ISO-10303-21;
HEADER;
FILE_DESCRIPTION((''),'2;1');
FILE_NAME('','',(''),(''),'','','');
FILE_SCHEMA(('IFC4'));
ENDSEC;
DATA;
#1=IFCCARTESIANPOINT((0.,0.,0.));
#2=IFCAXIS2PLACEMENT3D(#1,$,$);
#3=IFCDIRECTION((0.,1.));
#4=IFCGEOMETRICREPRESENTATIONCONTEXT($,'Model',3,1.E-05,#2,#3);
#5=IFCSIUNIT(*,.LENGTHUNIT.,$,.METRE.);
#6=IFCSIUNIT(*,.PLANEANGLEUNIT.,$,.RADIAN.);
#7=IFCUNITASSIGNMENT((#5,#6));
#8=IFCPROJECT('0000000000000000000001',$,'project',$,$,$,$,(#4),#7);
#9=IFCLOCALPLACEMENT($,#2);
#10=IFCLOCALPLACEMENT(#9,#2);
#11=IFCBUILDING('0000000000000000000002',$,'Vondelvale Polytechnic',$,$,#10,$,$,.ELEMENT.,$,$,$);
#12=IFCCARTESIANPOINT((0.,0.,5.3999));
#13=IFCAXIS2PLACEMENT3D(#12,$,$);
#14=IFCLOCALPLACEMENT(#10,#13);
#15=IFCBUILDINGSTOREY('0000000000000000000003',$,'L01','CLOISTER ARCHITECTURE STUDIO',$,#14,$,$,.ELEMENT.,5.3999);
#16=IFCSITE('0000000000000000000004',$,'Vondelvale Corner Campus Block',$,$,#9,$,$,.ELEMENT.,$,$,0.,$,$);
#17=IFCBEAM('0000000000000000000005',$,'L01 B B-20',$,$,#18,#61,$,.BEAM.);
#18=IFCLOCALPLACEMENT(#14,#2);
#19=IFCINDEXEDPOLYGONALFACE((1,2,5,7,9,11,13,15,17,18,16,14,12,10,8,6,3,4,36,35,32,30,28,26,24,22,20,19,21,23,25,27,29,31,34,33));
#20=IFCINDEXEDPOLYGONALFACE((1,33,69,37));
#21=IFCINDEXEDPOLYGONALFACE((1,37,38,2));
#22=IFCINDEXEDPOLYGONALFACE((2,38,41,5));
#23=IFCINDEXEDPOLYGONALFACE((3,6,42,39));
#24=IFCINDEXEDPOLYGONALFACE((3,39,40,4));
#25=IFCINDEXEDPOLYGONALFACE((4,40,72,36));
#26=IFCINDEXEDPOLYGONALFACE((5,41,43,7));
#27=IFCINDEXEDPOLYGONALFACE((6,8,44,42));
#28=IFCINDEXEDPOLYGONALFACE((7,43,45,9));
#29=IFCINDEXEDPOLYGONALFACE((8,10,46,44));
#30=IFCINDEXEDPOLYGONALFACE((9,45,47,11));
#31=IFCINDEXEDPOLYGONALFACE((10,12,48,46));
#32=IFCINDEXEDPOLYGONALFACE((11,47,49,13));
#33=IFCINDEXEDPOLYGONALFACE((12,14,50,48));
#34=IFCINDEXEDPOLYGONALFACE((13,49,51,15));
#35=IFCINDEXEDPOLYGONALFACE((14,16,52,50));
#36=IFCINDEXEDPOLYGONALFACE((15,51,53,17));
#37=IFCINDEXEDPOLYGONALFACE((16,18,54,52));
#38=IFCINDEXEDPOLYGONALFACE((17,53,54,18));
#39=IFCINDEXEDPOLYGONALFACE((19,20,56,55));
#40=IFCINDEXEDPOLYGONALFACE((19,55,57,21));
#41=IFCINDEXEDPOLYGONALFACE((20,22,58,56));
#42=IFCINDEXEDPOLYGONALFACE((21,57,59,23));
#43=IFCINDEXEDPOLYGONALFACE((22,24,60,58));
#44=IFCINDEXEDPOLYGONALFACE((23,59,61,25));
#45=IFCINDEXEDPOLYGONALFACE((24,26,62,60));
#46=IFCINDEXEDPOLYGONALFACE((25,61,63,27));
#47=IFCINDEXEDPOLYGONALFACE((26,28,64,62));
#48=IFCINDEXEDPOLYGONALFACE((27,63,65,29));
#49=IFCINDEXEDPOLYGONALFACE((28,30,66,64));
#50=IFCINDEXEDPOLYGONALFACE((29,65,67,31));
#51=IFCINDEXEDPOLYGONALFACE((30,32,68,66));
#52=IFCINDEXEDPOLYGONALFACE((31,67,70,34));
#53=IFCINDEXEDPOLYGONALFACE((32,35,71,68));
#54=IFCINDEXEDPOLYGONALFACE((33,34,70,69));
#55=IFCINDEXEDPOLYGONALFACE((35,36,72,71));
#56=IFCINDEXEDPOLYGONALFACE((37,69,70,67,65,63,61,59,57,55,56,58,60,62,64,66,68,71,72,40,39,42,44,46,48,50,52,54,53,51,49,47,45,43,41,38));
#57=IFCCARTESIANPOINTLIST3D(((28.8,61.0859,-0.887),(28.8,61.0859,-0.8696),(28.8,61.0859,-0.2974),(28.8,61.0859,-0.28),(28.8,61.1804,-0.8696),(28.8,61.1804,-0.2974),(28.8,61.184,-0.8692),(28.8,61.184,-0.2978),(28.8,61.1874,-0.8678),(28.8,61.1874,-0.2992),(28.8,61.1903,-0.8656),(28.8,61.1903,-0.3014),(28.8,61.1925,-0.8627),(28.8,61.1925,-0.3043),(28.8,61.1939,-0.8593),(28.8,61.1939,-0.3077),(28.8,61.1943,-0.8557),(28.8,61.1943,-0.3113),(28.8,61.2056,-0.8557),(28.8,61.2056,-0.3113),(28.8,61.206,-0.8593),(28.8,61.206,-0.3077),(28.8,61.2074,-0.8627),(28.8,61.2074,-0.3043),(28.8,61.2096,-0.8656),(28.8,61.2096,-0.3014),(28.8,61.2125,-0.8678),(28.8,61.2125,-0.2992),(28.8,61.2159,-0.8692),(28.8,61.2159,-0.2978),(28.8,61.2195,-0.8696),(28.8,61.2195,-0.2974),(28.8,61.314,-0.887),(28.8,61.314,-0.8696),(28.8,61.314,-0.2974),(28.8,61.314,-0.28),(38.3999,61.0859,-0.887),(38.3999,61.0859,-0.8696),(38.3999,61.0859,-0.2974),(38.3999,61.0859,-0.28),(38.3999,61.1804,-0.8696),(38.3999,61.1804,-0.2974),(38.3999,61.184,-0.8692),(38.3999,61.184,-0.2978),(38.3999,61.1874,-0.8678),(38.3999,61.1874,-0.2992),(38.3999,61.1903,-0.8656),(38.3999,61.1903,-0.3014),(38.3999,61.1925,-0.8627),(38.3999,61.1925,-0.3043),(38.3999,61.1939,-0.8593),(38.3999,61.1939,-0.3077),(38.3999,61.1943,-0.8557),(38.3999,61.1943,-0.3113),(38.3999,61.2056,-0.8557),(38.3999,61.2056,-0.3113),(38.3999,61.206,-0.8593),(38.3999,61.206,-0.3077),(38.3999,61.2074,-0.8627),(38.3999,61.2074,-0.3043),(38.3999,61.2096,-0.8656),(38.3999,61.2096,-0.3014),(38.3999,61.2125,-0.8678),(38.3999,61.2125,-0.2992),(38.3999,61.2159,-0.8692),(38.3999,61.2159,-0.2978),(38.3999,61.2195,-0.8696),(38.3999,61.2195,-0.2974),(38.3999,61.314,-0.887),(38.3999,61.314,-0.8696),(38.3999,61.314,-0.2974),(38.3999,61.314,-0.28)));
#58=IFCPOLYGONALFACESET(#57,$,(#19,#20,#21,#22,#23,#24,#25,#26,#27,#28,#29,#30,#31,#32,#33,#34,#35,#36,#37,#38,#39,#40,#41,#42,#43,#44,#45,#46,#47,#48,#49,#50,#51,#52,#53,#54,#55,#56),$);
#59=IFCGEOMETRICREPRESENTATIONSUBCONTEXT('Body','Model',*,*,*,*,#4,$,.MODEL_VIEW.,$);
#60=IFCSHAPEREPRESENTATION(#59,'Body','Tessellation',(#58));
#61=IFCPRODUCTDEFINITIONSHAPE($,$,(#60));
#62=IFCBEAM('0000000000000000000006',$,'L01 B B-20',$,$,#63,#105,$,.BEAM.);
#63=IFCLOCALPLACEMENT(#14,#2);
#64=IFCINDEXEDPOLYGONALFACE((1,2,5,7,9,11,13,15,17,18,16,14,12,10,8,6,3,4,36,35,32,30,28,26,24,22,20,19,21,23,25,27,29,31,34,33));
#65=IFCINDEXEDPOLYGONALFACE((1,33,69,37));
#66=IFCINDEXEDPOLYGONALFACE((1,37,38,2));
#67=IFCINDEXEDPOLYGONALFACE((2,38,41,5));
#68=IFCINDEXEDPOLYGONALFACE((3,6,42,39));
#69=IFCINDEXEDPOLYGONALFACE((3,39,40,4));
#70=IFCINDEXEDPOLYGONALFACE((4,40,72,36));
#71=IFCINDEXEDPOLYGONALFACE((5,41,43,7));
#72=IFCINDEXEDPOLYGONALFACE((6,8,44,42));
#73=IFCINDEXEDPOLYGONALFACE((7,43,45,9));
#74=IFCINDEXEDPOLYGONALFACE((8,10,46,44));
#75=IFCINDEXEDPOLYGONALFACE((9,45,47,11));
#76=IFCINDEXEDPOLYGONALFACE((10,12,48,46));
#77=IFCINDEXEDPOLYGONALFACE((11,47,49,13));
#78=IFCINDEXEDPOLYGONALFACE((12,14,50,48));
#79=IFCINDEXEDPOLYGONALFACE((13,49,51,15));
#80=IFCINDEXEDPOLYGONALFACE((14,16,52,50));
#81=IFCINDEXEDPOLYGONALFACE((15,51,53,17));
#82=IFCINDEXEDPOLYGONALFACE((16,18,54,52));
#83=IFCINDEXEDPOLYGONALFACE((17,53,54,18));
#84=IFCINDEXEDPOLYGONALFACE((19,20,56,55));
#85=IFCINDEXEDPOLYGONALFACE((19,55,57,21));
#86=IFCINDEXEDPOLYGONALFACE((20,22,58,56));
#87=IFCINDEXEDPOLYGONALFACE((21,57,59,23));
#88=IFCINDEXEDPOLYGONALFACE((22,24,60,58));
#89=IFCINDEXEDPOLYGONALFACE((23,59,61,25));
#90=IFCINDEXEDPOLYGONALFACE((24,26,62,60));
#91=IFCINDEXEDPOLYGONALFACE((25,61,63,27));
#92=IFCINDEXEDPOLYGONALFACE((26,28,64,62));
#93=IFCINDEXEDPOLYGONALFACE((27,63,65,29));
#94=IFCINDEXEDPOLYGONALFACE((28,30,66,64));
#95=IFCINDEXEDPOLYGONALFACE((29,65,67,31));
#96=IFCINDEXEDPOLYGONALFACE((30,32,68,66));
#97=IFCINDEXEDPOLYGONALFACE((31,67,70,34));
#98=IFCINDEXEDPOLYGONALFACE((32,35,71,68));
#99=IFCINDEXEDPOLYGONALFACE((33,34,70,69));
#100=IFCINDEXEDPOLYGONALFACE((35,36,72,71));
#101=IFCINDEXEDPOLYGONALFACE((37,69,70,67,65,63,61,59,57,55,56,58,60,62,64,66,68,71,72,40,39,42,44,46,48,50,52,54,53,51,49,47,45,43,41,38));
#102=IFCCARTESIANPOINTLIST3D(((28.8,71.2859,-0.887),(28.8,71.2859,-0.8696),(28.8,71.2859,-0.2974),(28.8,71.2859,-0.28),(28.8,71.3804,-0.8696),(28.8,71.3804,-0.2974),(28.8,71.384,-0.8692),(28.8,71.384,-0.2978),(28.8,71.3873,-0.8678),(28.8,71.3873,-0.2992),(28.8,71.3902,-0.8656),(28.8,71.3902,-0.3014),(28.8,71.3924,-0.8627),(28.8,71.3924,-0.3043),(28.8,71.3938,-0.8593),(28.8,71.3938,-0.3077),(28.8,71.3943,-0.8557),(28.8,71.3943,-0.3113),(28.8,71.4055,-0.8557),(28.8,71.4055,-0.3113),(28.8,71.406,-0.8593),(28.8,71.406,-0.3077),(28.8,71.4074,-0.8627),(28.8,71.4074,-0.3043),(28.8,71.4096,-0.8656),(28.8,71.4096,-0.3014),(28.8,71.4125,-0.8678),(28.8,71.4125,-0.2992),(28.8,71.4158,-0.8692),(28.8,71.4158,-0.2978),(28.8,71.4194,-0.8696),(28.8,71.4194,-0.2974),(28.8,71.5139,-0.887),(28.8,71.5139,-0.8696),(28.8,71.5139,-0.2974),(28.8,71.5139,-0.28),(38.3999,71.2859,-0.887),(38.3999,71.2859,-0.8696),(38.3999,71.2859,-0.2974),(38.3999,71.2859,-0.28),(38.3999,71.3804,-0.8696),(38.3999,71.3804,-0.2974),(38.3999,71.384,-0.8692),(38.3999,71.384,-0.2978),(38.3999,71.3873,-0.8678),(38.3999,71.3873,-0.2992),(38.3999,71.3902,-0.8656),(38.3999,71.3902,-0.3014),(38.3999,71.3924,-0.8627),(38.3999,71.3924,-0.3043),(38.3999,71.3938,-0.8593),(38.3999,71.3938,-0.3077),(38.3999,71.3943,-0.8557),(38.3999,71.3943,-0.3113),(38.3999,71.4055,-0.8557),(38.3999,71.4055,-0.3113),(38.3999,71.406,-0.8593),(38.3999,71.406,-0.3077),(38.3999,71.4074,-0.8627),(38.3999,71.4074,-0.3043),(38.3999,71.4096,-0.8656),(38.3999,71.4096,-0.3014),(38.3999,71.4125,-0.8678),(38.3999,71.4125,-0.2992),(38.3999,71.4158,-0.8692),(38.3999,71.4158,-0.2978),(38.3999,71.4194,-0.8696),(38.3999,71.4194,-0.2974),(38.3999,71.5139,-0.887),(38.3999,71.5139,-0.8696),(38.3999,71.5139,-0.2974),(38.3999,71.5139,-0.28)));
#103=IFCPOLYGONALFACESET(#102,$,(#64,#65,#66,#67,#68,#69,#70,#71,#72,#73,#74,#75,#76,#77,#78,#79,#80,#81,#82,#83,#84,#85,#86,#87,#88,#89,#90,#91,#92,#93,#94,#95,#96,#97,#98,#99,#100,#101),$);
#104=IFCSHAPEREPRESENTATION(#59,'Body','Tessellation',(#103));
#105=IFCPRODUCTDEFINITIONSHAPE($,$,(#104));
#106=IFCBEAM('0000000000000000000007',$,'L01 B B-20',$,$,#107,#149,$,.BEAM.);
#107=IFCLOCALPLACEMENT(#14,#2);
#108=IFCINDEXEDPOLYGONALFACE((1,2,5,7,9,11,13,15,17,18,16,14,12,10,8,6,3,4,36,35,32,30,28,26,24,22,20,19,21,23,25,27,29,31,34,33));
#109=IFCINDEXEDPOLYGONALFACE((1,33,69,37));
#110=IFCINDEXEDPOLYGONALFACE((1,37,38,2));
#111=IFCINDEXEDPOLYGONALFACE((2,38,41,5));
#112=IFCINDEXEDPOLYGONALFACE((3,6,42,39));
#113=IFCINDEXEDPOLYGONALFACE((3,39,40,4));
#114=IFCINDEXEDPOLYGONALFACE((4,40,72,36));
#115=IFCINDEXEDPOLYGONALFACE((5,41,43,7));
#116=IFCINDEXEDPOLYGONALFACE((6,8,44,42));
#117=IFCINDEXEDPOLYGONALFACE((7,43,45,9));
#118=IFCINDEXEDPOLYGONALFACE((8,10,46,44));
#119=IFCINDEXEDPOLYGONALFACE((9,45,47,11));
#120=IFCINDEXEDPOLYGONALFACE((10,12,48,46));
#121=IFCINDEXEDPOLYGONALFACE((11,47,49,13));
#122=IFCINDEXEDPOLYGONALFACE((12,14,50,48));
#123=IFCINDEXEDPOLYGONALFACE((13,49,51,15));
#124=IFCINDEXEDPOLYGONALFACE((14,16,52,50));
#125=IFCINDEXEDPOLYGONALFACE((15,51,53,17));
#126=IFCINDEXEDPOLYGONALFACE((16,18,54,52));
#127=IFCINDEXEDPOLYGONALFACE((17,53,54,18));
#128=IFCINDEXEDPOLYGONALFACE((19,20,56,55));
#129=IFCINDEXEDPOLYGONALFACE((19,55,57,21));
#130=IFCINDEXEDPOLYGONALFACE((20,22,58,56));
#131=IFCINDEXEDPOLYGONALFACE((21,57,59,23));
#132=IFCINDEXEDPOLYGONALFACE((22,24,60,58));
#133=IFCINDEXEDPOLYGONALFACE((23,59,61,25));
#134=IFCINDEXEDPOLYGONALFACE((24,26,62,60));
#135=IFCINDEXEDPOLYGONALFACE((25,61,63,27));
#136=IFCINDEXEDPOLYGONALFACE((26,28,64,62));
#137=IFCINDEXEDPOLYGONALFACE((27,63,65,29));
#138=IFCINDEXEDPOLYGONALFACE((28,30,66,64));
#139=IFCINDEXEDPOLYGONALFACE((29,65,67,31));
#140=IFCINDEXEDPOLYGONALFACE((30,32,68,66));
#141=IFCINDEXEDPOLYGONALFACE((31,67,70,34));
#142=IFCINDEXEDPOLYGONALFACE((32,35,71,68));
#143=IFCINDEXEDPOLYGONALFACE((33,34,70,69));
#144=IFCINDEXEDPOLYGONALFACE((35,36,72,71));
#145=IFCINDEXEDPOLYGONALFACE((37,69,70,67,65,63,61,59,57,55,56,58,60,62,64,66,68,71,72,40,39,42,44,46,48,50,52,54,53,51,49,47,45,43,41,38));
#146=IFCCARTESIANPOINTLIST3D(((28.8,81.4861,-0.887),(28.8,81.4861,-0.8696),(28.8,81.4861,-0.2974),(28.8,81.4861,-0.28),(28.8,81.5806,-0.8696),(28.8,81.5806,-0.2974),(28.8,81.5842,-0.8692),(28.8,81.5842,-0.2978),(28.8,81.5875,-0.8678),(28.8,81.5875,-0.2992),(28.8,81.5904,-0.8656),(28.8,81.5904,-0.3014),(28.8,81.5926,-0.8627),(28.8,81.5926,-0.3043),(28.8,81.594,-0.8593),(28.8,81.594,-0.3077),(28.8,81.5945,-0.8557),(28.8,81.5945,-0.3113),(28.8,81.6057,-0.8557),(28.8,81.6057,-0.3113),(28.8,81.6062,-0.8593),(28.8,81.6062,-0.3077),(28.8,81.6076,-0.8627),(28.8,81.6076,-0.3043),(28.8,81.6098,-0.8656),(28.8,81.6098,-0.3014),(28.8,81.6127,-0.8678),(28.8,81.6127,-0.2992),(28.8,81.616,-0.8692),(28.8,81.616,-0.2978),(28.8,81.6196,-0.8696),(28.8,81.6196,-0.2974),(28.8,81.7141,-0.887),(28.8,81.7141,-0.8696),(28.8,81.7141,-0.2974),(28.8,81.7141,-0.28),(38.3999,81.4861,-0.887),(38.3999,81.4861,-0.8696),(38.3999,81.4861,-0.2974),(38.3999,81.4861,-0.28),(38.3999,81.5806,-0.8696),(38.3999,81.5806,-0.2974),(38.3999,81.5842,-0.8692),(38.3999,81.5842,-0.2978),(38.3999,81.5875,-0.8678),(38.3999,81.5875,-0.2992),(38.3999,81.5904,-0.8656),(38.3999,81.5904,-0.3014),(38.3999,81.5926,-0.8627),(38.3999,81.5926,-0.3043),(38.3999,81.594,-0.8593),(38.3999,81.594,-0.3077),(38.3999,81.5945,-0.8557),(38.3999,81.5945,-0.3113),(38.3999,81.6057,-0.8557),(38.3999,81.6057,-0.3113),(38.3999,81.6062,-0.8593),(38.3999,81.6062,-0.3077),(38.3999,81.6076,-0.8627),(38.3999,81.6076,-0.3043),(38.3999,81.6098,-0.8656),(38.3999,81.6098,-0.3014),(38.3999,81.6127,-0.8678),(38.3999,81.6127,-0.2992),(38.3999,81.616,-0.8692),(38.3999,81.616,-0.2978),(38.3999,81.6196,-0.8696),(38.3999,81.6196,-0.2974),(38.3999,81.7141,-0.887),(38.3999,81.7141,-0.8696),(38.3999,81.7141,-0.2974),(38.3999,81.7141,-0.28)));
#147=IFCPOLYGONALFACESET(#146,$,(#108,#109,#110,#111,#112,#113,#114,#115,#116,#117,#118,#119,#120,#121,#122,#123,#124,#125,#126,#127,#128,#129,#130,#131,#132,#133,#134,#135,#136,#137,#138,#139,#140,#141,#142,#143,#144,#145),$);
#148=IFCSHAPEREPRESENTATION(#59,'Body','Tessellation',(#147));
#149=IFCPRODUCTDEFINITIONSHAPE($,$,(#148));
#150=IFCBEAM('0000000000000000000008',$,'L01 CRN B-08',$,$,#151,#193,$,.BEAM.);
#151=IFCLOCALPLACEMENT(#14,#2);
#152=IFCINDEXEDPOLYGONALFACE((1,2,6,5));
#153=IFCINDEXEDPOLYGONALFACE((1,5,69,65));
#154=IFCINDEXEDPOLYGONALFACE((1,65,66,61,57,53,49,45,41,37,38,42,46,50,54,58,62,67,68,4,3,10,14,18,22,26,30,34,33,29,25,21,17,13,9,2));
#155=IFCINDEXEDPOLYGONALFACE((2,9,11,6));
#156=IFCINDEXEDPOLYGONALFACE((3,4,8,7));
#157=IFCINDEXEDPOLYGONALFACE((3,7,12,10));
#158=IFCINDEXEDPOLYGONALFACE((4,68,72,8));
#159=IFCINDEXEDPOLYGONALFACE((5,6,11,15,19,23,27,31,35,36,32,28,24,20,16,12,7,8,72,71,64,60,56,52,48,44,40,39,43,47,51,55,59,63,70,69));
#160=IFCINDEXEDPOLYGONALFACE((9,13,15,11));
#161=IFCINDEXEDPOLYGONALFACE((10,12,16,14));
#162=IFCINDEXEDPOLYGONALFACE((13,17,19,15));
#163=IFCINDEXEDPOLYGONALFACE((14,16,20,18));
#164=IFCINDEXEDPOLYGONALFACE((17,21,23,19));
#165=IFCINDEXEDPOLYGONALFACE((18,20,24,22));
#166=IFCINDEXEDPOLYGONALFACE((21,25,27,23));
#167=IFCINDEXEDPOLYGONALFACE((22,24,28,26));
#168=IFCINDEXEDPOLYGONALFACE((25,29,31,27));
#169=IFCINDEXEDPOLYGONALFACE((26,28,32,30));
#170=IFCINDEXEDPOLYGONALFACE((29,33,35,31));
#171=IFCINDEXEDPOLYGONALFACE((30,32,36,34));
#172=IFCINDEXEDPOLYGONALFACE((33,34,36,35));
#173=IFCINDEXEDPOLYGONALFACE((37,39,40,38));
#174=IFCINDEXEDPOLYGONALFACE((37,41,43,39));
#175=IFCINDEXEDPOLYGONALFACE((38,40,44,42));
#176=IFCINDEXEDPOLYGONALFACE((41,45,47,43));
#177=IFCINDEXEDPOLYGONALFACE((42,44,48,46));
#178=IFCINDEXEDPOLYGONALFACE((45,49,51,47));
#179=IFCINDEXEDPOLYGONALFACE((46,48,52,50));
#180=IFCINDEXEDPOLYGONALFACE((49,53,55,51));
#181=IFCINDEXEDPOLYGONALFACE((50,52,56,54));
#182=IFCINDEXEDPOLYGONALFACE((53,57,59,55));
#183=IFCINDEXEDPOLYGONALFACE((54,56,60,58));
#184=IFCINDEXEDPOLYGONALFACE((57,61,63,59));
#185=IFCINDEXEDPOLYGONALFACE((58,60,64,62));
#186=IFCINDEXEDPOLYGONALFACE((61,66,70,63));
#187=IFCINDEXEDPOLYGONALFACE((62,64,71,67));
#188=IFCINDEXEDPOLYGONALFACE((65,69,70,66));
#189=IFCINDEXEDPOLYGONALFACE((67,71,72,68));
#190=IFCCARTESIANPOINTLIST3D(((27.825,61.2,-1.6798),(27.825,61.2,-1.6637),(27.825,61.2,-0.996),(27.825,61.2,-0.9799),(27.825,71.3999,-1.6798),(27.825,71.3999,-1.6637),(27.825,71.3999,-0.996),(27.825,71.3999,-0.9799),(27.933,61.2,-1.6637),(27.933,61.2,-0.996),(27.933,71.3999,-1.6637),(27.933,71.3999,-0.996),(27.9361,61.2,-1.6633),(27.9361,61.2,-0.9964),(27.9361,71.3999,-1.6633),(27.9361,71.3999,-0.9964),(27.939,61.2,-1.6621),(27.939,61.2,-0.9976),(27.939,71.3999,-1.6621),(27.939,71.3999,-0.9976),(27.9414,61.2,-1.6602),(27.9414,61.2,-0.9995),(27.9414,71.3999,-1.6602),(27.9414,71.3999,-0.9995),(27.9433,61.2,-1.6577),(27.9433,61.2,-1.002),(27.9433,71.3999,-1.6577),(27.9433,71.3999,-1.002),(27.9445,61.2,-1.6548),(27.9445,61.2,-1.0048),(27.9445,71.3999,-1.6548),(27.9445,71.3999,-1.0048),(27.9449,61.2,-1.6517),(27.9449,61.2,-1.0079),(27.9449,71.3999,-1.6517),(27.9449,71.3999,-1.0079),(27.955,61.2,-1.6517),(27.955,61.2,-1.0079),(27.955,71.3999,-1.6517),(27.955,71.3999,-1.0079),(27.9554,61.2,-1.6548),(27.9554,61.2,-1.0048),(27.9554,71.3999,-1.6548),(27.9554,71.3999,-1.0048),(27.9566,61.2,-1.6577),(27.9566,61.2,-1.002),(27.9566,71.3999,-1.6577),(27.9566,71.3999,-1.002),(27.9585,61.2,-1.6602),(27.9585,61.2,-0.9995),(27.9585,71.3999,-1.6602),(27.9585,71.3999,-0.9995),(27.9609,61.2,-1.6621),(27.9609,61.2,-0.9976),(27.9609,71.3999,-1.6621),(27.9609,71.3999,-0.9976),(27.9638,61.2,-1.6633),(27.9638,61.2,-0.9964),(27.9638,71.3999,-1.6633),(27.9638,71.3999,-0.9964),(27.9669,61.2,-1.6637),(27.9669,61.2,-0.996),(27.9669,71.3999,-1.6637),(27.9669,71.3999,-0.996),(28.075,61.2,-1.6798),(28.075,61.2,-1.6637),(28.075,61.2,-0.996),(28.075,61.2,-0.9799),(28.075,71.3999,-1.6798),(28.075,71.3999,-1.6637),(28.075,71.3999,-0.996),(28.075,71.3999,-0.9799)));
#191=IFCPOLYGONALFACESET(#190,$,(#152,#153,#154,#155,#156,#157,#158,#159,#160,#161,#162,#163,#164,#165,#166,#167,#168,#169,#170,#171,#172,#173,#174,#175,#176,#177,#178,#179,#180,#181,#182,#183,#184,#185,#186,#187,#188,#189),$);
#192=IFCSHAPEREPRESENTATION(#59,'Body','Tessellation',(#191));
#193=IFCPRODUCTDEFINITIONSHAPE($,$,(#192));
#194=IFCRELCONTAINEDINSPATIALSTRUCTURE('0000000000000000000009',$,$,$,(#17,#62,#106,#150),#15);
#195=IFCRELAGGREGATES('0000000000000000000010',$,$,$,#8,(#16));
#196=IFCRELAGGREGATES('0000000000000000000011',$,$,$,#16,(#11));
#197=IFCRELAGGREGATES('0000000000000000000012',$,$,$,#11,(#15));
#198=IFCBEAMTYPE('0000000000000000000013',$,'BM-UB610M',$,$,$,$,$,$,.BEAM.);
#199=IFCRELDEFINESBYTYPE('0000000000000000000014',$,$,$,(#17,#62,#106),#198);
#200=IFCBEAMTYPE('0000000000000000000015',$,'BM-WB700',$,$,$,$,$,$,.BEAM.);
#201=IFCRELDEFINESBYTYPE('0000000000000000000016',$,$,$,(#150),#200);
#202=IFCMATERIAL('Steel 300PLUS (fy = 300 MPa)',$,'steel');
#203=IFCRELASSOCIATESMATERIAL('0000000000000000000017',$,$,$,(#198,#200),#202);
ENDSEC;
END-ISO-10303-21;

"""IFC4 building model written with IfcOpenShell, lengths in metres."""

from ifc_helpers import new_model, si_unit, direction, frame, origin, origin_2d, place, context, subcontext, project, spatial, i_section, extrude, material, material_profile, profile_set, type_object, element, save


model = new_model("IFC4")

# Units and contexts
model_context = context("Model", 3, precision=1e-05, world=origin(), true_north=direction((0.0, 1.0)))
body_context = subcontext(model_context, "Body", "Model", "MODEL_VIEW")
ifc_project = project(units=[si_unit("LENGTHUNIT", "METRE"), si_unit("PLANEANGLEUNIT", "RADIAN")], contexts=[model_context])

# Site, building, storey
site_placement = place(None, origin())
site = spatial("IfcSite", under=ifc_project, at=site_placement, Name="Vondelvale Corner Campus Block", CompositionType="ELEMENT", RefElevation=0.0)
building_placement = place(site_placement, origin())
building = spatial("IfcBuilding", under=site, at=building_placement, Name="Vondelvale Polytechnic", CompositionType="ELEMENT")
storey_placement = place(building_placement, frame((0.0, 0.0, 5.3999)))
storey = spatial("IfcBuildingStorey", under=building, at=storey_placement, Name="L01", Description="CLOISTER ARCHITECTURE STUDIO", CompositionType="ELEMENT", Elevation=5.3999)

# Shared definitions
ifc_material_1 = material(Name="Steel 300PLUS (fy = 300 MPa)", Category="steel")

# Beams
ifc_material_profile_1 = material_profile(ifc_material_1, i_section(OverallWidth=0.228, OverallDepth=0.6069, WebThickness=0.0112, FlangeThickness=0.0173, FilletRadius=0.0139, at=origin_2d()), Name="610UB113")
ifc_profile_set_1 = profile_set([ifc_material_profile_1], Name="Steel 300PLUS (fy = 300 MPa)")
beam_type_1 = type_object("IfcBeamType", Name="BM-UB610M", PredefinedType="BEAM", material=ifc_profile_set_1)
for number, where, z_axis, x_axis, name in (
    (1, (28.8, 61.2, -0.5835), (1.0, 0.0, 0.0), (0.0, 1.0, 0.0), "L01 B B-20"),
    (2, (28.8, 71.3999, -0.5835), (1.0, 0.0, 0.0), (0.0, 1.0, 0.0), "L01 B B-20"),
    (3, (28.8, 81.6001, -0.5835), (1.0, 0.0, 0.0), (0.0, 1.0, 0.0), "L01 B B-20"),
):
    element("IfcBeam", number, at=place(storey_placement, frame(where, z_axis=z_axis, x_axis=x_axis)), inside=storey, type_object=beam_type_1, Name=name, PredefinedType="BEAM", context=body_context, shape_type="SweptSolid", body=[
        extrude(i_section(OverallWidth=0.228, OverallDepth=0.6069, WebThickness=0.0112, FlangeThickness=0.0173, FilletRadius=0.0139, at=origin_2d()), origin(), (0.0, 0.0, 1.0), 9.5999),
    ])
ifc_material_profile_2 = material_profile(ifc_material_1, i_section(OverallWidth=0.25, OverallDepth=0.7, WebThickness=0.01, FlangeThickness=0.0161, FilletRadius=0.012, at=origin_2d()), Name="700WB130")
ifc_profile_set_2 = profile_set([ifc_material_profile_2], Name="Steel 300PLUS (fy = 300 MPa)")
beam_type_2 = type_object("IfcBeamType", Name="BM-WB700", PredefinedType="BEAM", material=ifc_profile_set_2)
beam_1_placement = place(storey_placement, frame((27.95, 61.2, -1.3298), z_axis=(0.0, 1.0, 0.0), x_axis=(-1.0, 0.0, 0.0)))
element("IfcBeam", 4, at=beam_1_placement, inside=storey, type_object=beam_type_2, Name="L01 CRN B-08", PredefinedType="BEAM", context=body_context, shape_type="SweptSolid", body=[
    extrude(i_section(OverallWidth=0.25, OverallDepth=0.7, WebThickness=0.01, FlangeThickness=0.0161, FilletRadius=0.012, at=origin_2d()), origin(), (0.0, 0.0, 1.0), 10.2),
])

save(model, "model.ifc")
